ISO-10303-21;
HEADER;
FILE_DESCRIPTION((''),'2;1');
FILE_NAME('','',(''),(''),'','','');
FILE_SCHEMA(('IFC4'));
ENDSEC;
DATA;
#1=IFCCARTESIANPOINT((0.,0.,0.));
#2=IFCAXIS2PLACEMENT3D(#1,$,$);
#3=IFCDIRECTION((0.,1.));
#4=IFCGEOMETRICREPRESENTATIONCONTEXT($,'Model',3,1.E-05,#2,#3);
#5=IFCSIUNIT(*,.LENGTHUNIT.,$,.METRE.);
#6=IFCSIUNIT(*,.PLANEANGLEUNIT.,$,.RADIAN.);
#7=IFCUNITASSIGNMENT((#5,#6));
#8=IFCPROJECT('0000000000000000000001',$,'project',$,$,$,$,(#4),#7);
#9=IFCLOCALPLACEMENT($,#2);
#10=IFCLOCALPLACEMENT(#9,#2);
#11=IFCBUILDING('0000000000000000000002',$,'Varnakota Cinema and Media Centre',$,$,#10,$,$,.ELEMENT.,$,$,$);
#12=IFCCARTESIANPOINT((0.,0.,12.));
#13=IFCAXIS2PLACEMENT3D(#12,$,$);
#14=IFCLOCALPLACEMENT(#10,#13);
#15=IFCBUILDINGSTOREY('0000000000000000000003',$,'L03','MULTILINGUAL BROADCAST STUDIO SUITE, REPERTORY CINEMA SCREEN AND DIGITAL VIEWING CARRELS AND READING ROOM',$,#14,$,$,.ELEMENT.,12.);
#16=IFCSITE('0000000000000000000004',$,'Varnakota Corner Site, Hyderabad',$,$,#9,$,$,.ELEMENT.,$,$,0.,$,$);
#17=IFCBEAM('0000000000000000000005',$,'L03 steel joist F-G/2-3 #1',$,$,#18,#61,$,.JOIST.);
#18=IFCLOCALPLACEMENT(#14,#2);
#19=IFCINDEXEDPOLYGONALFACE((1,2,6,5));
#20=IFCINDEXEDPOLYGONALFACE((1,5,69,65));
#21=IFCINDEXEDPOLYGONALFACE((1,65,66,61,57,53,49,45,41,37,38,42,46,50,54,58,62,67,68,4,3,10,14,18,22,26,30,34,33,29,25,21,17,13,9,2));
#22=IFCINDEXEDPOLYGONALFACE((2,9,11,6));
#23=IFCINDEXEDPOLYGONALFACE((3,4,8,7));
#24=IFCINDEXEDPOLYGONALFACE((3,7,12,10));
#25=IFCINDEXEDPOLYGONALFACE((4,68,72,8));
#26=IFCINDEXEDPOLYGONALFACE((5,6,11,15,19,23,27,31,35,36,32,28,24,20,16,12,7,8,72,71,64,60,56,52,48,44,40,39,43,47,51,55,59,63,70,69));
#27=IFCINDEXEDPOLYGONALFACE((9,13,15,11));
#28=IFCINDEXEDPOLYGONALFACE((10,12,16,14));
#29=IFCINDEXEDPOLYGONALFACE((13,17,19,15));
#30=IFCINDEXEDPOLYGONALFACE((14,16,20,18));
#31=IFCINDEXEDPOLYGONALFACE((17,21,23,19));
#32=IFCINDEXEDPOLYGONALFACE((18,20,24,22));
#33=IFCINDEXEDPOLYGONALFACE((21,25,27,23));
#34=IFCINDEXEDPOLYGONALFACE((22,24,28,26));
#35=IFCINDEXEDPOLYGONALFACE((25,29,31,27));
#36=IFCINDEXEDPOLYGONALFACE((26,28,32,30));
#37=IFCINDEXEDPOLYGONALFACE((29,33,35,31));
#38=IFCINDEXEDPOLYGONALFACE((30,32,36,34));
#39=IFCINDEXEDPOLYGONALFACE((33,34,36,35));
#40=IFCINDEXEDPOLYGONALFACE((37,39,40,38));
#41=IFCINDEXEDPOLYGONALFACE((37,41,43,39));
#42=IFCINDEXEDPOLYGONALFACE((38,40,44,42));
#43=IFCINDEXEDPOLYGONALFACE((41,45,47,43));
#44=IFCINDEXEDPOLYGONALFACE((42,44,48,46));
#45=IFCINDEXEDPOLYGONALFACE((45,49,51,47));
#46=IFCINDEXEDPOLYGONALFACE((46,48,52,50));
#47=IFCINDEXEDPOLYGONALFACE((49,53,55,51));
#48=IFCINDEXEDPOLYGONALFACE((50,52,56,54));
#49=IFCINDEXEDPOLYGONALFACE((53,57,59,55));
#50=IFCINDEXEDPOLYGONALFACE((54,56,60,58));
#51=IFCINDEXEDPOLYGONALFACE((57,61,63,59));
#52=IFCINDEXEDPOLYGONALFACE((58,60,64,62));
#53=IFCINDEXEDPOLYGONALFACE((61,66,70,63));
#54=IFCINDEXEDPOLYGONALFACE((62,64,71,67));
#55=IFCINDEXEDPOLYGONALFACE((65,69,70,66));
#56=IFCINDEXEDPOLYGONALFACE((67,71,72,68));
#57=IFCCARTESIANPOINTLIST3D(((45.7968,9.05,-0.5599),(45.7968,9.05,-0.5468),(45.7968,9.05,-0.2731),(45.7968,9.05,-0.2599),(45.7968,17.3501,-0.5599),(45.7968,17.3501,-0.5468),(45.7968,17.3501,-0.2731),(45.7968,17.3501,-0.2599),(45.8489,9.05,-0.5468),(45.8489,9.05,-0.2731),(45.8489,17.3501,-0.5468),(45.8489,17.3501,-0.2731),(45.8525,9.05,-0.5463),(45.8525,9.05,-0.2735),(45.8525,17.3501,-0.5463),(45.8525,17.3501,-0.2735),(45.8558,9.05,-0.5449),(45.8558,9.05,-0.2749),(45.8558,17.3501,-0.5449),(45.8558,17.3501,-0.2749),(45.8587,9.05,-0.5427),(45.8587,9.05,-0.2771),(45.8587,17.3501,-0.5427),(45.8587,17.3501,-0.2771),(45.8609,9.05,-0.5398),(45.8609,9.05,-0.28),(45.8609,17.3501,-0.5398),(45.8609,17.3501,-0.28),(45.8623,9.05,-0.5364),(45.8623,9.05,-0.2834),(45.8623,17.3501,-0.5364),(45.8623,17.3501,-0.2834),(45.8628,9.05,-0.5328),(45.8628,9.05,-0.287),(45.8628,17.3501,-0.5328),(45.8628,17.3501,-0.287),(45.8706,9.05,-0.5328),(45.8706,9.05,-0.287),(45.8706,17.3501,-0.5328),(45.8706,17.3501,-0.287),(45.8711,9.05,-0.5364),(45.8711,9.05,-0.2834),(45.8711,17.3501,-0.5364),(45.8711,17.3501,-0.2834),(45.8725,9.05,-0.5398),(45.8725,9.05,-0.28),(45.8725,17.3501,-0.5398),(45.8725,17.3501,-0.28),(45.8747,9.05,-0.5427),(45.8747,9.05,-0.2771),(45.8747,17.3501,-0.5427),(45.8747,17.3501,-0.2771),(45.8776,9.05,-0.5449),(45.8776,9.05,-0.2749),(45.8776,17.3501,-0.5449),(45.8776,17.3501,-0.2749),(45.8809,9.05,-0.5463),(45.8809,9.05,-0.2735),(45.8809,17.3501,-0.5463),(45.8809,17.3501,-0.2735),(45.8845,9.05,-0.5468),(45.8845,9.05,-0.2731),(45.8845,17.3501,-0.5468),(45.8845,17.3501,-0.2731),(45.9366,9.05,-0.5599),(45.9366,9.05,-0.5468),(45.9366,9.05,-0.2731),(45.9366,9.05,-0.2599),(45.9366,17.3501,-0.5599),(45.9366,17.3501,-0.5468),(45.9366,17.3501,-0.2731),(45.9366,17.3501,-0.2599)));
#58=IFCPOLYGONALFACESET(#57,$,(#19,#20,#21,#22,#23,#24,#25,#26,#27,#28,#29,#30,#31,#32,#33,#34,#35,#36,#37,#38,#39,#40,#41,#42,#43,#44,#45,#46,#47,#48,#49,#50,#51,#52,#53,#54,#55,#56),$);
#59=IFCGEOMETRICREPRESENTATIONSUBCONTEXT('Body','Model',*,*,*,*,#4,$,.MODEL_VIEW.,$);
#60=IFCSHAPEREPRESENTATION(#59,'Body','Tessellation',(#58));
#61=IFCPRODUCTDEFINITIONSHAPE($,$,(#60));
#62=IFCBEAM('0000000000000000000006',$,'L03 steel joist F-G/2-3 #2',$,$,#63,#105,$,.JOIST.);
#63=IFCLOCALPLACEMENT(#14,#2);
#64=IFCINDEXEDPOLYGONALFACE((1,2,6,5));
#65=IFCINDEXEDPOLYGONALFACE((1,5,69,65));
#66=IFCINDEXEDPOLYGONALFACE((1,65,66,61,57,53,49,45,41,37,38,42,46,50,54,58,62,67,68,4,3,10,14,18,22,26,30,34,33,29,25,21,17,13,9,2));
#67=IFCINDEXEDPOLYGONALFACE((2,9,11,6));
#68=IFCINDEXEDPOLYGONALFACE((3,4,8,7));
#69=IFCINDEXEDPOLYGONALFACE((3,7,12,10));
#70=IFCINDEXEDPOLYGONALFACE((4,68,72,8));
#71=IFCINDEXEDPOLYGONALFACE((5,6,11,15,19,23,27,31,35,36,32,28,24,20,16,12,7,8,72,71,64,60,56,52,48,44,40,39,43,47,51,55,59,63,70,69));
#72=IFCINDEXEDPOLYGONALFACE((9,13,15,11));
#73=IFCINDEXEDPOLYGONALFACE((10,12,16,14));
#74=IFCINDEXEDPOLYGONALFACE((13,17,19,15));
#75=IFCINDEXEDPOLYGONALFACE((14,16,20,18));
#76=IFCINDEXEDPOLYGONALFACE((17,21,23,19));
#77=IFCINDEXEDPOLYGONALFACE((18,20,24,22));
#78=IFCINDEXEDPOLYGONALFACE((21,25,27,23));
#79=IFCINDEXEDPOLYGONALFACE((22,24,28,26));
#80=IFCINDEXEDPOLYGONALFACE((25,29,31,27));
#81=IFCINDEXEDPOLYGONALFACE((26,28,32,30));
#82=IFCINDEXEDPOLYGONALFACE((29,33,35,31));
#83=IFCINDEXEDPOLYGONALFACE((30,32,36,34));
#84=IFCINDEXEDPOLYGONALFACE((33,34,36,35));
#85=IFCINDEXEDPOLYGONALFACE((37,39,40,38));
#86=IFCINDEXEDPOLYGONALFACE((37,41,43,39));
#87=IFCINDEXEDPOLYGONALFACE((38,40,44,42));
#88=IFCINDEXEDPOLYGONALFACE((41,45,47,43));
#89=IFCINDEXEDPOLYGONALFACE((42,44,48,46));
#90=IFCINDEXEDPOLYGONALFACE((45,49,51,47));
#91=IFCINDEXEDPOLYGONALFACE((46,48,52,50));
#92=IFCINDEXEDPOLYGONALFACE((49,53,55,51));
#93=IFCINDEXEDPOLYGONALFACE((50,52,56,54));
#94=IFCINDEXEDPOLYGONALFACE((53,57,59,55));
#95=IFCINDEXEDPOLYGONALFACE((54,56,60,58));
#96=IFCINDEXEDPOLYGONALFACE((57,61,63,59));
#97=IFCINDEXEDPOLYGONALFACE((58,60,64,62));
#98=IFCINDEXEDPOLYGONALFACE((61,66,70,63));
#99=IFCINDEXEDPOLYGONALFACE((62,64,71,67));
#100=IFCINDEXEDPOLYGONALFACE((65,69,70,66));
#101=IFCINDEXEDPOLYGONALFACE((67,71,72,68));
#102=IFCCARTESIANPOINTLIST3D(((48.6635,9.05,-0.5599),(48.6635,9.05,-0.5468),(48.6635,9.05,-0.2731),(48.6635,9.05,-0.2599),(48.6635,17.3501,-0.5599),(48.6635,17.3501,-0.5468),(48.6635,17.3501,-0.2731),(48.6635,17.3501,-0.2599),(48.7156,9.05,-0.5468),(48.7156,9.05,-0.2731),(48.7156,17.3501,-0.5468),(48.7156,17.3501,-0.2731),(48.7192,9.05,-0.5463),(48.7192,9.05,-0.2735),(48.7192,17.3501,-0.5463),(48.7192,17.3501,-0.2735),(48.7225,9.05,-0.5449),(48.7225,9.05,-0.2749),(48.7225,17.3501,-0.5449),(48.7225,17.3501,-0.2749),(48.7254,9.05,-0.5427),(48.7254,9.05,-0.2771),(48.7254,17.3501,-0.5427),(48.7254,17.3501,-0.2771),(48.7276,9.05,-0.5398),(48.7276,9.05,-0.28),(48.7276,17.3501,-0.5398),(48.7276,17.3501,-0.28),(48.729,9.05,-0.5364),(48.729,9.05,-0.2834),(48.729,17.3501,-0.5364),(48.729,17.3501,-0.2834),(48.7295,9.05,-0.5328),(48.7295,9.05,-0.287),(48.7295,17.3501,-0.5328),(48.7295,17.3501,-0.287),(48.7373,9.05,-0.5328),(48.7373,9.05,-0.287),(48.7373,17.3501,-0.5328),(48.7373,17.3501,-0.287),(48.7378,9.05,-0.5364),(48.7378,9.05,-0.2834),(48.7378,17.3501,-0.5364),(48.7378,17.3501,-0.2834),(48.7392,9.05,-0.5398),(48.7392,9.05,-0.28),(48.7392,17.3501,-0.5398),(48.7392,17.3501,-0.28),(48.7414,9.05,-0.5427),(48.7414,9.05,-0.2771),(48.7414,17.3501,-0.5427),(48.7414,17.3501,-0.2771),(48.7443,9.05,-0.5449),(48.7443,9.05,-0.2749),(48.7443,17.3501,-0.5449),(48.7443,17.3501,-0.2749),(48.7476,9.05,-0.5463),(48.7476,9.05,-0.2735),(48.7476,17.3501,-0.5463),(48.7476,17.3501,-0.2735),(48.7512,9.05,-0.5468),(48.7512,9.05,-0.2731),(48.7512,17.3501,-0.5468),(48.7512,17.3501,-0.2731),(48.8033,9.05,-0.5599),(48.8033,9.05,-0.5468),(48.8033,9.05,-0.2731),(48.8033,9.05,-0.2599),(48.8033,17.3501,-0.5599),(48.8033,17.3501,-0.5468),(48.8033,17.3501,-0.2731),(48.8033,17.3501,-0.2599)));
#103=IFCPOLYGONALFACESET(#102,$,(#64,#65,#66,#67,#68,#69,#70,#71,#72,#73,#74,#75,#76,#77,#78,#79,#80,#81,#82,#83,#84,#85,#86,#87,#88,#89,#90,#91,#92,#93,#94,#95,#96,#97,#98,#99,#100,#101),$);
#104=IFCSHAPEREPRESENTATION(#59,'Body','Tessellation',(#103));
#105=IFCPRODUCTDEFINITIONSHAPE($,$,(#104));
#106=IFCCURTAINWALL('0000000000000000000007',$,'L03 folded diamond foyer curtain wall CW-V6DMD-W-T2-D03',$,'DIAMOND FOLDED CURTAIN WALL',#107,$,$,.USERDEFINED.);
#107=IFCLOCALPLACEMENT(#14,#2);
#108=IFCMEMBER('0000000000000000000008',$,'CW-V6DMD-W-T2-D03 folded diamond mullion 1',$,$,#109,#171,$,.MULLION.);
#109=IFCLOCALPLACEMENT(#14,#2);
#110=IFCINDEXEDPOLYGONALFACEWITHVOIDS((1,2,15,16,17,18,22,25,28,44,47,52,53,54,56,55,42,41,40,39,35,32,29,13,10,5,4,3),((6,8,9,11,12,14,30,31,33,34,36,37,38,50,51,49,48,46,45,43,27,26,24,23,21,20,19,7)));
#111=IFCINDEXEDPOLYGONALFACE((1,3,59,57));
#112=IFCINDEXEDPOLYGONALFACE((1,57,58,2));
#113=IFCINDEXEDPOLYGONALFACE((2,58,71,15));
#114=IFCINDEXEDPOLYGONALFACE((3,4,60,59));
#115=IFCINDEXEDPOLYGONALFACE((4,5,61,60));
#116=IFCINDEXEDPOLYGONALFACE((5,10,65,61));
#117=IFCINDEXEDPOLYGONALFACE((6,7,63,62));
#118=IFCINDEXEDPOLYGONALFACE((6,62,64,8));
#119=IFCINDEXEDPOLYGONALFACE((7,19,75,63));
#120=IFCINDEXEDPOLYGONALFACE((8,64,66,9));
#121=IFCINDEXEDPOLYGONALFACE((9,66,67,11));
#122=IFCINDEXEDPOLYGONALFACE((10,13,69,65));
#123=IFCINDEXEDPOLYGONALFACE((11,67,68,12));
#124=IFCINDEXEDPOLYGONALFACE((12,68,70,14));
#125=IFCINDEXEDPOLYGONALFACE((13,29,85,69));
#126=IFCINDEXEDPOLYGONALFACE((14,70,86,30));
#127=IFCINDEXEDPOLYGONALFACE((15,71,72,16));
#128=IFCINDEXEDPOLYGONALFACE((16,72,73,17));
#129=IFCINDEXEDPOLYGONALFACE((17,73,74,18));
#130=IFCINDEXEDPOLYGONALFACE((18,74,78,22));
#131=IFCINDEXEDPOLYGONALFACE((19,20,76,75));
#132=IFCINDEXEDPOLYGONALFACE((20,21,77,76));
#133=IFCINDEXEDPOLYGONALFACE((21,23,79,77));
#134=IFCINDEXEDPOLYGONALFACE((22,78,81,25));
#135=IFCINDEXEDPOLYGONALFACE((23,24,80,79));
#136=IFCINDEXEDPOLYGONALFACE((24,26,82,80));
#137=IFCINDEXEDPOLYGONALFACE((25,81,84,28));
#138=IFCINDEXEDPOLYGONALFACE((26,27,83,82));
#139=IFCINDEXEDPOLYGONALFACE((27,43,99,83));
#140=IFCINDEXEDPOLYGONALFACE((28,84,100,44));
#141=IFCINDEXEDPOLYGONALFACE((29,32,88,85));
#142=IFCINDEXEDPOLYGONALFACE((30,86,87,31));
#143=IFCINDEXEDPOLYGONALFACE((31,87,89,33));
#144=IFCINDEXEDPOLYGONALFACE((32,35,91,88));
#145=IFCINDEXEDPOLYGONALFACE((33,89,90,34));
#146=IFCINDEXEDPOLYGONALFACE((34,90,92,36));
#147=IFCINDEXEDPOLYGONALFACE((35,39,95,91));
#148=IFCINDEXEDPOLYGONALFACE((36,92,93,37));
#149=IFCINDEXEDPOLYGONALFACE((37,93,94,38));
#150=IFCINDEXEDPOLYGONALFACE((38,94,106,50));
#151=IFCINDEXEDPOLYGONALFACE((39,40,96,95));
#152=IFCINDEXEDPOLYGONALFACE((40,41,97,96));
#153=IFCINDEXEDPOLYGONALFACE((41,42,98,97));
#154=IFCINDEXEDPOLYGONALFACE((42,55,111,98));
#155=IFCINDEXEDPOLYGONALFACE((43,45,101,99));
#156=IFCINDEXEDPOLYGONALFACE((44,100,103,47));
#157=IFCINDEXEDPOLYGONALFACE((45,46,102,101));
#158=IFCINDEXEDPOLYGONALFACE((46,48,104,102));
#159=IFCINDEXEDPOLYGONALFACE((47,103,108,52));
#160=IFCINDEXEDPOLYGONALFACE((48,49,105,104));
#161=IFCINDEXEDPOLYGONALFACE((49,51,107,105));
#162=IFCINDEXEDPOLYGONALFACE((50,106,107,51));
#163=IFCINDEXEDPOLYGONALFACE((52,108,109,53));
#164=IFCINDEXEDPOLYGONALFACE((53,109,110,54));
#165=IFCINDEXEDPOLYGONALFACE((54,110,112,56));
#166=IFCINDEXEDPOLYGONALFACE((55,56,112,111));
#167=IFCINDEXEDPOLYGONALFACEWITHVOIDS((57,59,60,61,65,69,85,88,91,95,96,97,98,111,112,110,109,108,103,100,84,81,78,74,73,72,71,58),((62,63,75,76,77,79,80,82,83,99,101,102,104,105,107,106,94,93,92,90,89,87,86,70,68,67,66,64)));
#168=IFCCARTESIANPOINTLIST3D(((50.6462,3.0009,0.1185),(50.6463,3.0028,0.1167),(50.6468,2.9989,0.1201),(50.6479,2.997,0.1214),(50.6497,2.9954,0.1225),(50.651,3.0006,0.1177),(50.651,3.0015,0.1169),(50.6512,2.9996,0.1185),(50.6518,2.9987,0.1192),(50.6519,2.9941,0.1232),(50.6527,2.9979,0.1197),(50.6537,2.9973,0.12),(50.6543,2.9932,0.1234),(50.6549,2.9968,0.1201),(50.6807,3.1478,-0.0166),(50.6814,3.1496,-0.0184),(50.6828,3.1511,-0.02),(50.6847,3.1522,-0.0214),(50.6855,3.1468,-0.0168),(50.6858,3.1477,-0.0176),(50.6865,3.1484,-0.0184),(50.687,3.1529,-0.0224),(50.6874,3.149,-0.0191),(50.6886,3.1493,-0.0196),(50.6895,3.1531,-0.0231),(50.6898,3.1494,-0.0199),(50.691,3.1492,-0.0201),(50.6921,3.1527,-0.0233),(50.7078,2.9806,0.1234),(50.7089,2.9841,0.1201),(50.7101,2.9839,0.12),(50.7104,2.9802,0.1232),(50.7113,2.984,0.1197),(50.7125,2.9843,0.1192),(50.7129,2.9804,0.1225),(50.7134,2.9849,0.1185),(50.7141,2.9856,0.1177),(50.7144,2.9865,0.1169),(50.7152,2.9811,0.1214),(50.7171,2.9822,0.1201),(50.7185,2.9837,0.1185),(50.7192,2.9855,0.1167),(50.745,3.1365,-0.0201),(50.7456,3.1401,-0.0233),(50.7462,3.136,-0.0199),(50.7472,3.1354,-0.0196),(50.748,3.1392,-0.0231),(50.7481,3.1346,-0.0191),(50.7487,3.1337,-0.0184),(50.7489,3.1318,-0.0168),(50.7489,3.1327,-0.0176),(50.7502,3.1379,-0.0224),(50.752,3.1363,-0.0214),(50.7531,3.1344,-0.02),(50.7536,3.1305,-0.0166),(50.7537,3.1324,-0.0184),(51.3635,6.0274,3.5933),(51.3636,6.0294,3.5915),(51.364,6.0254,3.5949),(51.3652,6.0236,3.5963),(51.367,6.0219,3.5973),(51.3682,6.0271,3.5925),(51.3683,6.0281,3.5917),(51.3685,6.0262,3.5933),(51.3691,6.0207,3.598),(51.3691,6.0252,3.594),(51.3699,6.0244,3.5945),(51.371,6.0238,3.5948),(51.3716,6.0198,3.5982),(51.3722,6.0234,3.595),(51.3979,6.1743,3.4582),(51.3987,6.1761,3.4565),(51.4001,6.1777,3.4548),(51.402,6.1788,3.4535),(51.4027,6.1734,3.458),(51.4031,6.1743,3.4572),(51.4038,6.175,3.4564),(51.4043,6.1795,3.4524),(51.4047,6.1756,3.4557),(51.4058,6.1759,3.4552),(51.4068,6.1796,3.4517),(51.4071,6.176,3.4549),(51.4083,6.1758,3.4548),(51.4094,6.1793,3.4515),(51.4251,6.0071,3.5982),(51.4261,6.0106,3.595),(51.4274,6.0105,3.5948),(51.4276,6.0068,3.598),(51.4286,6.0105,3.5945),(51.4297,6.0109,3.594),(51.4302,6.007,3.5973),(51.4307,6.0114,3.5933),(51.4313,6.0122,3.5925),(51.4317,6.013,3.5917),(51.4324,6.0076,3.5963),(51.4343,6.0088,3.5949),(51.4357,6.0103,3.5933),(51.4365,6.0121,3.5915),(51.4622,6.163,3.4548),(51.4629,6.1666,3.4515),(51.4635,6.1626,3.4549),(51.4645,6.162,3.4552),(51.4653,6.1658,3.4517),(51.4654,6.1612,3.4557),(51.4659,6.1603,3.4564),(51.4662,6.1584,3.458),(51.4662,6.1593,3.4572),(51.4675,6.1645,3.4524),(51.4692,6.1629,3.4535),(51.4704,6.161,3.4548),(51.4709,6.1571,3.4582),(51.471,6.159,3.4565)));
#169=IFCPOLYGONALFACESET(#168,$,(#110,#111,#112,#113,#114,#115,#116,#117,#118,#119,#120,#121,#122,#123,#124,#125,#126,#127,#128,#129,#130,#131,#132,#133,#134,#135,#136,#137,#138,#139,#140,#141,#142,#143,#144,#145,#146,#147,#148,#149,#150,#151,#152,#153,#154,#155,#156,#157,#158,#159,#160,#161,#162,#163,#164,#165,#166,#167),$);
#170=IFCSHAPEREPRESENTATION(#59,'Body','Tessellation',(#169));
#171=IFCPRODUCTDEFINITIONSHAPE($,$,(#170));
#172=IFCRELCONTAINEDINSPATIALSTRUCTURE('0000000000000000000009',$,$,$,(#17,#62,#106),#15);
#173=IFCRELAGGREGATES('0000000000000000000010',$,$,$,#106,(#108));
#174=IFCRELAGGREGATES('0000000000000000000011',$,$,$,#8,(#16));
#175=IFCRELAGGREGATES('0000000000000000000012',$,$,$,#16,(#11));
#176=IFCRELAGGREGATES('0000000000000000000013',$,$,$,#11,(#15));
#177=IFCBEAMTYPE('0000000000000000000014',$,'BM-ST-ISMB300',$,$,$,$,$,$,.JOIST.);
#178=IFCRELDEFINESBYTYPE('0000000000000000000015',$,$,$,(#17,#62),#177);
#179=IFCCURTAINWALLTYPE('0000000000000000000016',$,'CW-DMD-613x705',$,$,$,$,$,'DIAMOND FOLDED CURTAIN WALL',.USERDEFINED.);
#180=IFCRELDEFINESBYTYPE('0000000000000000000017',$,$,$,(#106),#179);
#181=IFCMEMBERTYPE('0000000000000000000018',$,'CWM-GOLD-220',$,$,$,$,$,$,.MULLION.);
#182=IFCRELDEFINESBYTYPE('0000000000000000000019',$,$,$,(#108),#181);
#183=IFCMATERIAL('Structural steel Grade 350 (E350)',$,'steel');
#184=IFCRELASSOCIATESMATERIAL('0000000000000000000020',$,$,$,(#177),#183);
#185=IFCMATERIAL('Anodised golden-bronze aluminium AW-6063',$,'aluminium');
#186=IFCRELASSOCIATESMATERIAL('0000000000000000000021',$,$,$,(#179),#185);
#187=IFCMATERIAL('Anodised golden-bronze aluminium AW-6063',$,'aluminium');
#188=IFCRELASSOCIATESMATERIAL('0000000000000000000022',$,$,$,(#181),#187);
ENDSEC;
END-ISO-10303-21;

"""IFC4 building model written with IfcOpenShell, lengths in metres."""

from ifc_helpers import new_model, si_unit, direction, frame, origin, origin_2d, place, context, subcontext, project, spatial, hollow_rectangle, i_section, extrude, material, material_profile, profile_set, type_object, element, aggregate, save


model = new_model("IFC4")

# Units and contexts
model_context = context("Model", 3, precision=1e-05, world=origin(), true_north=direction((0.0, 1.0)))
body_context = subcontext(model_context, "Body", "Model", "MODEL_VIEW")
ifc_project = project(units=[si_unit("LENGTHUNIT", "METRE"), si_unit("PLANEANGLEUNIT", "RADIAN")], contexts=[model_context])

# Site, building, storey
site_placement = place(None, origin())
site = spatial("IfcSite", under=ifc_project, at=site_placement, Name="Varnakota Corner Site, Hyderabad", CompositionType="ELEMENT", RefElevation=0.0)
building_placement = place(site_placement, origin())
building = spatial("IfcBuilding", under=site, at=building_placement, Name="Varnakota Cinema and Media Centre", CompositionType="ELEMENT")
storey_placement = place(building_placement, frame((0.0, 0.0, 12.0)))
storey = spatial("IfcBuildingStorey", under=building, at=storey_placement, Name="L03", Description="MULTILINGUAL BROADCAST STUDIO SUITE, REPERTORY CINEMA SCREEN AND DIGITAL VIEWING CARRELS AND READING ROOM", CompositionType="ELEMENT", Elevation=12.0)

# Beams
ifc_material_1 = material(Name="Structural steel Grade 350 (E350)", Category="steel")
ifc_material_profile_1 = material_profile(ifc_material_1, i_section(OverallWidth=0.1399, OverallDepth=0.3, WebThickness=0.0078, FlangeThickness=0.0132, FilletRadius=0.0139, at=origin_2d()), Name="ISMB 300")
ifc_profile_set_1 = profile_set([ifc_material_profile_1], Name="Structural steel Grade 350 (E350)")
beam_type_1 = type_object("IfcBeamType", Name="BM-ST-ISMB300", PredefinedType="JOIST", material=ifc_profile_set_1)
for number, where, z_axis, x_axis, name in (
    (1, (45.8667, 9.05, -0.4099), (0.0, 1.0, 0.0), (-1.0, 0.0, 0.0), "L03 steel joist F-G/2-3 #1"),
    (2, (48.7334, 9.05, -0.4099), (0.0, 1.0, 0.0), (-1.0, 0.0, 0.0), "L03 steel joist F-G/2-3 #2"),
):
    element("IfcBeam", number, at=place(storey_placement, frame(where, z_axis=z_axis, x_axis=x_axis)), inside=storey, type_object=beam_type_1, Name=name, PredefinedType="JOIST", context=body_context, shape_type="SweptSolid", body=[
        extrude(i_section(OverallWidth=0.1399, OverallDepth=0.3, WebThickness=0.0078, FlangeThickness=0.0132, FilletRadius=0.0139, at=origin_2d()), origin(), (0.0, 0.0, 1.0), 8.3),
    ])

# Curtain wall, member
ifc_material_2 = material(Name="Anodised golden-bronze aluminium AW-6063", Category="aluminium")
curtain_wall_type = type_object("IfcCurtainWallType", Name="CW-DMD-613x705", ElementType="DIAMOND FOLDED CURTAIN WALL", PredefinedType="USERDEFINED", material=ifc_material_2)
curtain_wall_1_placement = place(storey_placement, origin())
curtain_wall_1 = element("IfcCurtainWall", 3, at=curtain_wall_1_placement, inside=storey, type_object=curtain_wall_type, Name="L03 folded diamond foyer curtain wall CW-V6DMD-W-T2-D03", ObjectType="DIAMOND FOLDED CURTAIN WALL", PredefinedType="USERDEFINED")
ifc_material_3 = material(Name="Anodised golden-bronze aluminium AW-6063", Category="aluminium")
ifc_material_profile_2 = material_profile(ifc_material_3, hollow_rectangle(XDim=0.075, YDim=0.22, WallThickness=0.0049, InnerFilletRadius=0.0049, OuterFilletRadius=0.01, at=origin_2d()), Name="AL-MULLION 220x75x5")
ifc_profile_set_2 = profile_set([ifc_material_profile_2], Name="Anodised golden-bronze aluminium AW-6063")
member_type_1 = type_object("IfcMemberType", Name="CWM-GOLD-220", PredefinedType="MULLION", material=ifc_profile_set_2)
member_1_placement = place(storey_placement, frame((50.7, 3.0667, 0.05), z_axis=(0.153804, 0.648981, 0.745096), x_axis=(-0.973047, 0.230605, 0.0)))
member_1 = element("IfcMember", 4, at=member_1_placement, type_object=member_type_1, Name="CW-V6DMD-W-T2-D03 folded diamond mullion 1", PredefinedType="MULLION", context=body_context, shape_type="SweptSolid", body=[
    extrude(hollow_rectangle(XDim=0.075, YDim=0.22, WallThickness=0.0049, InnerFilletRadius=0.0049, OuterFilletRadius=0.01, at=origin_2d()), origin(), (0.0, 0.0, 1.0), 4.6636),
])

aggregate(curtain_wall_1, [member_1])

save(model, "model.ifc")
